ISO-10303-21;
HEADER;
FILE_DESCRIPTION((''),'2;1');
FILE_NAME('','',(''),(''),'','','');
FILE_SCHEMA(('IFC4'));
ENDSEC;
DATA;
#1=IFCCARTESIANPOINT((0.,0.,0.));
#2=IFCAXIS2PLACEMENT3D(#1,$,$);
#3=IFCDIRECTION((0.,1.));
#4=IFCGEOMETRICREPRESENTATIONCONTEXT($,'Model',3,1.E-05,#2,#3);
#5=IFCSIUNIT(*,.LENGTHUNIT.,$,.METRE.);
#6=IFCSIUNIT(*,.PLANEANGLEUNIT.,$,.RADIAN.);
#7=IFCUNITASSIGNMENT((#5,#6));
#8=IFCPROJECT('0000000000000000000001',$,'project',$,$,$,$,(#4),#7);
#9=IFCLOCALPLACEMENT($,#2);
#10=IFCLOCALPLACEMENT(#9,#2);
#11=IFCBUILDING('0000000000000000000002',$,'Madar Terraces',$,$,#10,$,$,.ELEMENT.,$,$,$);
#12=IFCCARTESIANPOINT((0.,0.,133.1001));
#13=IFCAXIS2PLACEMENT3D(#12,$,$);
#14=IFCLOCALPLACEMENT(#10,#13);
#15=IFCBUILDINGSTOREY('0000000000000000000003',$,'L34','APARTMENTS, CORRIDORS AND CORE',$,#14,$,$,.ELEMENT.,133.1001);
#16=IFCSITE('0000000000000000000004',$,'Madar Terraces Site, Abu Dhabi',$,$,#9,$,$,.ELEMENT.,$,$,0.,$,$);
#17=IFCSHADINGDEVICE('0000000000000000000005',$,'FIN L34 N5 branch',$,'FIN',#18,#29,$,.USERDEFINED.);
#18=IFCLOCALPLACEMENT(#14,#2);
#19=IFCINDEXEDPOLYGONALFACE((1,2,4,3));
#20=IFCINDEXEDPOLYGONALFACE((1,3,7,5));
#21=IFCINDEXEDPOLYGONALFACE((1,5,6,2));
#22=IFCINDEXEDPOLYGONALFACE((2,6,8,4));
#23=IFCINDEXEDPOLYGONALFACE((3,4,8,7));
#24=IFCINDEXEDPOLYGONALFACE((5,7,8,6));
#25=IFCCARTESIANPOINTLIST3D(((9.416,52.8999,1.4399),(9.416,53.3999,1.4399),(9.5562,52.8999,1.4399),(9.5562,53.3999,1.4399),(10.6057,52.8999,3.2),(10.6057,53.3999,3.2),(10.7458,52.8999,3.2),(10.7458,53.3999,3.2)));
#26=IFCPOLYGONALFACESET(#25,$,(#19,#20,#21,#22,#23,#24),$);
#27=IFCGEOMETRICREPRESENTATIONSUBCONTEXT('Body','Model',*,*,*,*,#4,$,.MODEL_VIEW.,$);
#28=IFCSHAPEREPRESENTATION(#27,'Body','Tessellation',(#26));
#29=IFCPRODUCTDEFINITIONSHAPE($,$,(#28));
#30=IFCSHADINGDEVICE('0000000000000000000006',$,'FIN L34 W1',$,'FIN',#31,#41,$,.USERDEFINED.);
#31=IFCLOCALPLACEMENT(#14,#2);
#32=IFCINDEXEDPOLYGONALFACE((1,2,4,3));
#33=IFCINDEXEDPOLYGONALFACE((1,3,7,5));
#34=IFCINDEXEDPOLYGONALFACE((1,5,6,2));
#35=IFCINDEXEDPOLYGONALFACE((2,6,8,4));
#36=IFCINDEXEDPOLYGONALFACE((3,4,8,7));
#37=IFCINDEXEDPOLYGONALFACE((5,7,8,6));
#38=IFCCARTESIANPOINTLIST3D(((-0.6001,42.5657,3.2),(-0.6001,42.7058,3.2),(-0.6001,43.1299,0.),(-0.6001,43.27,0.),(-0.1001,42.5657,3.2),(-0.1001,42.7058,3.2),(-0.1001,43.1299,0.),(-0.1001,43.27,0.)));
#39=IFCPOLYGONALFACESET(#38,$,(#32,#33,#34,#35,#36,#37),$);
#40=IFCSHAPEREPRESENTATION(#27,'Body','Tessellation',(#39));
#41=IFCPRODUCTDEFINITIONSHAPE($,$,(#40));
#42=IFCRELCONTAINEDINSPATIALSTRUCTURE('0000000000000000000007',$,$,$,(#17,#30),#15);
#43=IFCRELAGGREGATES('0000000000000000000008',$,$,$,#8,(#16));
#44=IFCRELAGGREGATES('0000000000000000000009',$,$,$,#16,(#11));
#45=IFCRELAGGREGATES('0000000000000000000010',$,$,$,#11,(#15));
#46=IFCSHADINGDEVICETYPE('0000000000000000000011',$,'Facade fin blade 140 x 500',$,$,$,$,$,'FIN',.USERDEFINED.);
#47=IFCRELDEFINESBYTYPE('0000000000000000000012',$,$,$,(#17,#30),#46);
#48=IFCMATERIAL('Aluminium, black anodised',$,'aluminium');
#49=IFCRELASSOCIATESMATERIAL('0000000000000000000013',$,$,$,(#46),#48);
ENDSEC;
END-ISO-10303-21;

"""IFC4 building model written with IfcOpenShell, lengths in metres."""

from ifc_helpers import new_model, si_unit, direction, frame, origin, place, context, subcontext, project, spatial, polyline, outline, extrude, material, type_object, element, save


model = new_model("IFC4")

# Units and contexts
model_context = context("Model", 3, precision=1e-05, world=origin(), true_north=direction((0.0, 1.0)))
body_context = subcontext(model_context, "Body", "Model", "MODEL_VIEW")
ifc_project = project(units=[si_unit("LENGTHUNIT", "METRE"), si_unit("PLANEANGLEUNIT", "RADIAN")], contexts=[model_context])

# Site, building, storey
site_placement = place(None, origin())
site = spatial("IfcSite", under=ifc_project, at=site_placement, Name="Madar Terraces Site, Abu Dhabi", CompositionType="ELEMENT", RefElevation=0.0)
building_placement = place(site_placement, origin())
building = spatial("IfcBuilding", under=site, at=building_placement, Name="Madar Terraces", CompositionType="ELEMENT")
storey_placement = place(building_placement, frame((0.0, 0.0, 133.1001)))
storey = spatial("IfcBuildingStorey", under=building, at=storey_placement, Name="L34", Description="APARTMENTS, CORRIDORS AND CORE", CompositionType="ELEMENT", Elevation=133.1001)

# Shading devices
ifc_material_1 = material(Name="Aluminium, black anodised", Category="aluminium")
shading_device_type = type_object("IfcShadingDeviceType", Name="Facade fin blade 140 x 500", ElementType="FIN", PredefinedType="USERDEFINED", material=ifc_material_1)
shading_device_1_placement = place(storey_placement, frame((9.5562, 53.1499, 1.4399), z_axis=(0.0, 0.0, 1.0), x_axis=(-1.0, 0.0, 0.0)))
element("IfcShadingDevice", 1, at=shading_device_1_placement, inside=storey, type_object=shading_device_type, Name="FIN L34 N5 branch", ObjectType="FIN", PredefinedType="USERDEFINED", context=body_context, shape_type="SweptSolid", body=[
    extrude(outline(polyline([(0.0, 0.0), (0.1401, 0.0), (-1.0496, 1.76), (-1.1897, 1.76), (0.0, 0.0)])), frame((0.0, 0.25, 0.0), z_axis=(0.0, -1.0, 0.0), x_axis=(1.0, 0.0, 0.0)), (0.0, 0.0, 1.0), 0.5),
])
shading_device_2_placement = place(storey_placement, frame((-0.3501, 43.27, 0.0), z_axis=(0.0, 0.0, 1.0), x_axis=(0.0, -1.0, 0.0)))
element("IfcShadingDevice", 2, at=shading_device_2_placement, inside=storey, type_object=shading_device_type, Name="FIN L34 W1", ObjectType="FIN", PredefinedType="USERDEFINED", context=body_context, shape_type="SweptSolid", body=[
    extrude(outline(polyline([(0.0, 0.0), (0.1401, 0.0), (0.7043, 3.2), (0.5642, 3.2), (0.0, 0.0)])), frame((0.0, 0.25, 0.0), z_axis=(0.0, -1.0, 0.0), x_axis=(1.0, 0.0, 0.0)), (0.0, 0.0, 1.0), 0.5),
])

save(model, "model.ifc")
